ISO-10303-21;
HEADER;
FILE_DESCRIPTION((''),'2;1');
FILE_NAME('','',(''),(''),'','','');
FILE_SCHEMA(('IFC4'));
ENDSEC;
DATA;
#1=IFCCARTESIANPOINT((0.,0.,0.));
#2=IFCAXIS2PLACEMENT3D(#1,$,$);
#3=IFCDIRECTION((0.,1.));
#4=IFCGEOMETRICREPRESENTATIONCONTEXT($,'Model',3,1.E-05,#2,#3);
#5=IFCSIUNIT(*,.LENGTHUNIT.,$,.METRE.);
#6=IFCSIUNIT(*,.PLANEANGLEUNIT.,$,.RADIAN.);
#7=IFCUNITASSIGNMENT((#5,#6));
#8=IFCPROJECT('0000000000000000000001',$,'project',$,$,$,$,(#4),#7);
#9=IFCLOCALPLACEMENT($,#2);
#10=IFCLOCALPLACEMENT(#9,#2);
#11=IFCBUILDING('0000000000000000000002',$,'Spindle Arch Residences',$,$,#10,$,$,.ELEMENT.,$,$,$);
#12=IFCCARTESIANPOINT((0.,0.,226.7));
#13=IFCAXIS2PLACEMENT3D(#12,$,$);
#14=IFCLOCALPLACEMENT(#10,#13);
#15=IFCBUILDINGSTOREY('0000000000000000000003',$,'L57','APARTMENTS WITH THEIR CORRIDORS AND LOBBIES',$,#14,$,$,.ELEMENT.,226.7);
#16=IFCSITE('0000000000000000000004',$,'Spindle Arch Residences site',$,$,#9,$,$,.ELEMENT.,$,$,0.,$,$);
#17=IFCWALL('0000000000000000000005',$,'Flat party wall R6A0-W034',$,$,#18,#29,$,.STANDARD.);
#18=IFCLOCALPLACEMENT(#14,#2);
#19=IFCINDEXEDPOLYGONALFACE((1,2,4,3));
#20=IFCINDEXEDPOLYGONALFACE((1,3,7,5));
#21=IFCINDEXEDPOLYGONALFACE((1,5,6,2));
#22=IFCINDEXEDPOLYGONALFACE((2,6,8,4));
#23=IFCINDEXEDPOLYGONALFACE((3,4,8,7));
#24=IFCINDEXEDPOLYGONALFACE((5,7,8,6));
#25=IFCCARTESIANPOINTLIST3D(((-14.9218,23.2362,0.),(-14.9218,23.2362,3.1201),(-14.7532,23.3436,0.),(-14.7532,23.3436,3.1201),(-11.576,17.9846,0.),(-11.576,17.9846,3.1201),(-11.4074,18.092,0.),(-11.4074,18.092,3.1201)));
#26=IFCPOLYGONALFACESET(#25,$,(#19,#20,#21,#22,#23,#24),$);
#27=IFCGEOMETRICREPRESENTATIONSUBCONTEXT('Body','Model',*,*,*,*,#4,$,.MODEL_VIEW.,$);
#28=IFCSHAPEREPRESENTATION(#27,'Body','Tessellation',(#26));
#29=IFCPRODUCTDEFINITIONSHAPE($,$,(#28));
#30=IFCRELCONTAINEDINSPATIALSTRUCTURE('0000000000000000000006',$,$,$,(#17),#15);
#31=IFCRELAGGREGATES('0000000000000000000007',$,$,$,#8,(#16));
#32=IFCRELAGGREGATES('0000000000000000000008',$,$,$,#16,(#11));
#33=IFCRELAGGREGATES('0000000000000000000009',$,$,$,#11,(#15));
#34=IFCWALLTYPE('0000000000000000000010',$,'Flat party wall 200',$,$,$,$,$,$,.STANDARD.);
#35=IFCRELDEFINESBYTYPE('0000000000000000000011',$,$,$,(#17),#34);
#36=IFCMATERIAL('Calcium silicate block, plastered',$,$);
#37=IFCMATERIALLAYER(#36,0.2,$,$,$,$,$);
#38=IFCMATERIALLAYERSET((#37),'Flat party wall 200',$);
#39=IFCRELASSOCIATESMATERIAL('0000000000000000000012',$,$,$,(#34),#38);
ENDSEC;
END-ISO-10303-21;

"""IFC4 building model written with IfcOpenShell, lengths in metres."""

from ifc_helpers import new_model, si_unit, direction, frame, frame_2d, origin, place, context, subcontext, project, spatial, rectangle, extrude, material, layer, layer_set, type_object, element, save


model = new_model("IFC4")

# Units and contexts
model_context = context("Model", 3, precision=1e-05, world=origin(), true_north=direction((0.0, 1.0)))
body_context = subcontext(model_context, "Body", "Model", "MODEL_VIEW")
ifc_project = project(units=[si_unit("LENGTHUNIT", "METRE"), si_unit("PLANEANGLEUNIT", "RADIAN")], contexts=[model_context])

# Site, building, storey
site_placement = place(None, origin())
site = spatial("IfcSite", under=ifc_project, at=site_placement, Name="Spindle Arch Residences site", CompositionType="ELEMENT", RefElevation=0.0)
building_placement = place(site_placement, origin())
building = spatial("IfcBuilding", under=site, at=building_placement, Name="Spindle Arch Residences", CompositionType="ELEMENT")
storey_placement = place(building_placement, frame((0.0, 0.0, 226.7)))
storey = spatial("IfcBuildingStorey", under=building, at=storey_placement, Name="L57", Description="APARTMENTS WITH THEIR CORRIDORS AND LOBBIES", CompositionType="ELEMENT", Elevation=226.7)

# Wall
ifc_material_1 = material(Name="Calcium silicate block, plastered")
ifc_layer_1 = layer(ifc_material_1, 0.2)
ifc_layer_set_1 = layer_set([ifc_layer_1], Name="Flat party wall 200")
wall_type_1 = type_object("IfcWallType", Name="Flat party wall 200", PredefinedType="STANDARD", material=ifc_layer_set_1)
wall_1_placement = place(storey_placement, frame((-14.8374, 23.2898, 0.0), z_axis=(0.0, 0.0, 1.0), x_axis=(0.537317, -0.84338, 0.0)))
element("IfcWall", 1, at=wall_1_placement, inside=storey, type_object=wall_type_1, Name="Flat party wall R6A0-W034", PredefinedType="STANDARD", context=body_context, shape_type="SweptSolid", body=[
    extrude(rectangle(XDim=6.2268, YDim=0.2, at=frame_2d((3.1133, 0.0))), origin(), (0.0, 0.0, 1.0), 3.1201),
])

save(model, "model.ifc")
